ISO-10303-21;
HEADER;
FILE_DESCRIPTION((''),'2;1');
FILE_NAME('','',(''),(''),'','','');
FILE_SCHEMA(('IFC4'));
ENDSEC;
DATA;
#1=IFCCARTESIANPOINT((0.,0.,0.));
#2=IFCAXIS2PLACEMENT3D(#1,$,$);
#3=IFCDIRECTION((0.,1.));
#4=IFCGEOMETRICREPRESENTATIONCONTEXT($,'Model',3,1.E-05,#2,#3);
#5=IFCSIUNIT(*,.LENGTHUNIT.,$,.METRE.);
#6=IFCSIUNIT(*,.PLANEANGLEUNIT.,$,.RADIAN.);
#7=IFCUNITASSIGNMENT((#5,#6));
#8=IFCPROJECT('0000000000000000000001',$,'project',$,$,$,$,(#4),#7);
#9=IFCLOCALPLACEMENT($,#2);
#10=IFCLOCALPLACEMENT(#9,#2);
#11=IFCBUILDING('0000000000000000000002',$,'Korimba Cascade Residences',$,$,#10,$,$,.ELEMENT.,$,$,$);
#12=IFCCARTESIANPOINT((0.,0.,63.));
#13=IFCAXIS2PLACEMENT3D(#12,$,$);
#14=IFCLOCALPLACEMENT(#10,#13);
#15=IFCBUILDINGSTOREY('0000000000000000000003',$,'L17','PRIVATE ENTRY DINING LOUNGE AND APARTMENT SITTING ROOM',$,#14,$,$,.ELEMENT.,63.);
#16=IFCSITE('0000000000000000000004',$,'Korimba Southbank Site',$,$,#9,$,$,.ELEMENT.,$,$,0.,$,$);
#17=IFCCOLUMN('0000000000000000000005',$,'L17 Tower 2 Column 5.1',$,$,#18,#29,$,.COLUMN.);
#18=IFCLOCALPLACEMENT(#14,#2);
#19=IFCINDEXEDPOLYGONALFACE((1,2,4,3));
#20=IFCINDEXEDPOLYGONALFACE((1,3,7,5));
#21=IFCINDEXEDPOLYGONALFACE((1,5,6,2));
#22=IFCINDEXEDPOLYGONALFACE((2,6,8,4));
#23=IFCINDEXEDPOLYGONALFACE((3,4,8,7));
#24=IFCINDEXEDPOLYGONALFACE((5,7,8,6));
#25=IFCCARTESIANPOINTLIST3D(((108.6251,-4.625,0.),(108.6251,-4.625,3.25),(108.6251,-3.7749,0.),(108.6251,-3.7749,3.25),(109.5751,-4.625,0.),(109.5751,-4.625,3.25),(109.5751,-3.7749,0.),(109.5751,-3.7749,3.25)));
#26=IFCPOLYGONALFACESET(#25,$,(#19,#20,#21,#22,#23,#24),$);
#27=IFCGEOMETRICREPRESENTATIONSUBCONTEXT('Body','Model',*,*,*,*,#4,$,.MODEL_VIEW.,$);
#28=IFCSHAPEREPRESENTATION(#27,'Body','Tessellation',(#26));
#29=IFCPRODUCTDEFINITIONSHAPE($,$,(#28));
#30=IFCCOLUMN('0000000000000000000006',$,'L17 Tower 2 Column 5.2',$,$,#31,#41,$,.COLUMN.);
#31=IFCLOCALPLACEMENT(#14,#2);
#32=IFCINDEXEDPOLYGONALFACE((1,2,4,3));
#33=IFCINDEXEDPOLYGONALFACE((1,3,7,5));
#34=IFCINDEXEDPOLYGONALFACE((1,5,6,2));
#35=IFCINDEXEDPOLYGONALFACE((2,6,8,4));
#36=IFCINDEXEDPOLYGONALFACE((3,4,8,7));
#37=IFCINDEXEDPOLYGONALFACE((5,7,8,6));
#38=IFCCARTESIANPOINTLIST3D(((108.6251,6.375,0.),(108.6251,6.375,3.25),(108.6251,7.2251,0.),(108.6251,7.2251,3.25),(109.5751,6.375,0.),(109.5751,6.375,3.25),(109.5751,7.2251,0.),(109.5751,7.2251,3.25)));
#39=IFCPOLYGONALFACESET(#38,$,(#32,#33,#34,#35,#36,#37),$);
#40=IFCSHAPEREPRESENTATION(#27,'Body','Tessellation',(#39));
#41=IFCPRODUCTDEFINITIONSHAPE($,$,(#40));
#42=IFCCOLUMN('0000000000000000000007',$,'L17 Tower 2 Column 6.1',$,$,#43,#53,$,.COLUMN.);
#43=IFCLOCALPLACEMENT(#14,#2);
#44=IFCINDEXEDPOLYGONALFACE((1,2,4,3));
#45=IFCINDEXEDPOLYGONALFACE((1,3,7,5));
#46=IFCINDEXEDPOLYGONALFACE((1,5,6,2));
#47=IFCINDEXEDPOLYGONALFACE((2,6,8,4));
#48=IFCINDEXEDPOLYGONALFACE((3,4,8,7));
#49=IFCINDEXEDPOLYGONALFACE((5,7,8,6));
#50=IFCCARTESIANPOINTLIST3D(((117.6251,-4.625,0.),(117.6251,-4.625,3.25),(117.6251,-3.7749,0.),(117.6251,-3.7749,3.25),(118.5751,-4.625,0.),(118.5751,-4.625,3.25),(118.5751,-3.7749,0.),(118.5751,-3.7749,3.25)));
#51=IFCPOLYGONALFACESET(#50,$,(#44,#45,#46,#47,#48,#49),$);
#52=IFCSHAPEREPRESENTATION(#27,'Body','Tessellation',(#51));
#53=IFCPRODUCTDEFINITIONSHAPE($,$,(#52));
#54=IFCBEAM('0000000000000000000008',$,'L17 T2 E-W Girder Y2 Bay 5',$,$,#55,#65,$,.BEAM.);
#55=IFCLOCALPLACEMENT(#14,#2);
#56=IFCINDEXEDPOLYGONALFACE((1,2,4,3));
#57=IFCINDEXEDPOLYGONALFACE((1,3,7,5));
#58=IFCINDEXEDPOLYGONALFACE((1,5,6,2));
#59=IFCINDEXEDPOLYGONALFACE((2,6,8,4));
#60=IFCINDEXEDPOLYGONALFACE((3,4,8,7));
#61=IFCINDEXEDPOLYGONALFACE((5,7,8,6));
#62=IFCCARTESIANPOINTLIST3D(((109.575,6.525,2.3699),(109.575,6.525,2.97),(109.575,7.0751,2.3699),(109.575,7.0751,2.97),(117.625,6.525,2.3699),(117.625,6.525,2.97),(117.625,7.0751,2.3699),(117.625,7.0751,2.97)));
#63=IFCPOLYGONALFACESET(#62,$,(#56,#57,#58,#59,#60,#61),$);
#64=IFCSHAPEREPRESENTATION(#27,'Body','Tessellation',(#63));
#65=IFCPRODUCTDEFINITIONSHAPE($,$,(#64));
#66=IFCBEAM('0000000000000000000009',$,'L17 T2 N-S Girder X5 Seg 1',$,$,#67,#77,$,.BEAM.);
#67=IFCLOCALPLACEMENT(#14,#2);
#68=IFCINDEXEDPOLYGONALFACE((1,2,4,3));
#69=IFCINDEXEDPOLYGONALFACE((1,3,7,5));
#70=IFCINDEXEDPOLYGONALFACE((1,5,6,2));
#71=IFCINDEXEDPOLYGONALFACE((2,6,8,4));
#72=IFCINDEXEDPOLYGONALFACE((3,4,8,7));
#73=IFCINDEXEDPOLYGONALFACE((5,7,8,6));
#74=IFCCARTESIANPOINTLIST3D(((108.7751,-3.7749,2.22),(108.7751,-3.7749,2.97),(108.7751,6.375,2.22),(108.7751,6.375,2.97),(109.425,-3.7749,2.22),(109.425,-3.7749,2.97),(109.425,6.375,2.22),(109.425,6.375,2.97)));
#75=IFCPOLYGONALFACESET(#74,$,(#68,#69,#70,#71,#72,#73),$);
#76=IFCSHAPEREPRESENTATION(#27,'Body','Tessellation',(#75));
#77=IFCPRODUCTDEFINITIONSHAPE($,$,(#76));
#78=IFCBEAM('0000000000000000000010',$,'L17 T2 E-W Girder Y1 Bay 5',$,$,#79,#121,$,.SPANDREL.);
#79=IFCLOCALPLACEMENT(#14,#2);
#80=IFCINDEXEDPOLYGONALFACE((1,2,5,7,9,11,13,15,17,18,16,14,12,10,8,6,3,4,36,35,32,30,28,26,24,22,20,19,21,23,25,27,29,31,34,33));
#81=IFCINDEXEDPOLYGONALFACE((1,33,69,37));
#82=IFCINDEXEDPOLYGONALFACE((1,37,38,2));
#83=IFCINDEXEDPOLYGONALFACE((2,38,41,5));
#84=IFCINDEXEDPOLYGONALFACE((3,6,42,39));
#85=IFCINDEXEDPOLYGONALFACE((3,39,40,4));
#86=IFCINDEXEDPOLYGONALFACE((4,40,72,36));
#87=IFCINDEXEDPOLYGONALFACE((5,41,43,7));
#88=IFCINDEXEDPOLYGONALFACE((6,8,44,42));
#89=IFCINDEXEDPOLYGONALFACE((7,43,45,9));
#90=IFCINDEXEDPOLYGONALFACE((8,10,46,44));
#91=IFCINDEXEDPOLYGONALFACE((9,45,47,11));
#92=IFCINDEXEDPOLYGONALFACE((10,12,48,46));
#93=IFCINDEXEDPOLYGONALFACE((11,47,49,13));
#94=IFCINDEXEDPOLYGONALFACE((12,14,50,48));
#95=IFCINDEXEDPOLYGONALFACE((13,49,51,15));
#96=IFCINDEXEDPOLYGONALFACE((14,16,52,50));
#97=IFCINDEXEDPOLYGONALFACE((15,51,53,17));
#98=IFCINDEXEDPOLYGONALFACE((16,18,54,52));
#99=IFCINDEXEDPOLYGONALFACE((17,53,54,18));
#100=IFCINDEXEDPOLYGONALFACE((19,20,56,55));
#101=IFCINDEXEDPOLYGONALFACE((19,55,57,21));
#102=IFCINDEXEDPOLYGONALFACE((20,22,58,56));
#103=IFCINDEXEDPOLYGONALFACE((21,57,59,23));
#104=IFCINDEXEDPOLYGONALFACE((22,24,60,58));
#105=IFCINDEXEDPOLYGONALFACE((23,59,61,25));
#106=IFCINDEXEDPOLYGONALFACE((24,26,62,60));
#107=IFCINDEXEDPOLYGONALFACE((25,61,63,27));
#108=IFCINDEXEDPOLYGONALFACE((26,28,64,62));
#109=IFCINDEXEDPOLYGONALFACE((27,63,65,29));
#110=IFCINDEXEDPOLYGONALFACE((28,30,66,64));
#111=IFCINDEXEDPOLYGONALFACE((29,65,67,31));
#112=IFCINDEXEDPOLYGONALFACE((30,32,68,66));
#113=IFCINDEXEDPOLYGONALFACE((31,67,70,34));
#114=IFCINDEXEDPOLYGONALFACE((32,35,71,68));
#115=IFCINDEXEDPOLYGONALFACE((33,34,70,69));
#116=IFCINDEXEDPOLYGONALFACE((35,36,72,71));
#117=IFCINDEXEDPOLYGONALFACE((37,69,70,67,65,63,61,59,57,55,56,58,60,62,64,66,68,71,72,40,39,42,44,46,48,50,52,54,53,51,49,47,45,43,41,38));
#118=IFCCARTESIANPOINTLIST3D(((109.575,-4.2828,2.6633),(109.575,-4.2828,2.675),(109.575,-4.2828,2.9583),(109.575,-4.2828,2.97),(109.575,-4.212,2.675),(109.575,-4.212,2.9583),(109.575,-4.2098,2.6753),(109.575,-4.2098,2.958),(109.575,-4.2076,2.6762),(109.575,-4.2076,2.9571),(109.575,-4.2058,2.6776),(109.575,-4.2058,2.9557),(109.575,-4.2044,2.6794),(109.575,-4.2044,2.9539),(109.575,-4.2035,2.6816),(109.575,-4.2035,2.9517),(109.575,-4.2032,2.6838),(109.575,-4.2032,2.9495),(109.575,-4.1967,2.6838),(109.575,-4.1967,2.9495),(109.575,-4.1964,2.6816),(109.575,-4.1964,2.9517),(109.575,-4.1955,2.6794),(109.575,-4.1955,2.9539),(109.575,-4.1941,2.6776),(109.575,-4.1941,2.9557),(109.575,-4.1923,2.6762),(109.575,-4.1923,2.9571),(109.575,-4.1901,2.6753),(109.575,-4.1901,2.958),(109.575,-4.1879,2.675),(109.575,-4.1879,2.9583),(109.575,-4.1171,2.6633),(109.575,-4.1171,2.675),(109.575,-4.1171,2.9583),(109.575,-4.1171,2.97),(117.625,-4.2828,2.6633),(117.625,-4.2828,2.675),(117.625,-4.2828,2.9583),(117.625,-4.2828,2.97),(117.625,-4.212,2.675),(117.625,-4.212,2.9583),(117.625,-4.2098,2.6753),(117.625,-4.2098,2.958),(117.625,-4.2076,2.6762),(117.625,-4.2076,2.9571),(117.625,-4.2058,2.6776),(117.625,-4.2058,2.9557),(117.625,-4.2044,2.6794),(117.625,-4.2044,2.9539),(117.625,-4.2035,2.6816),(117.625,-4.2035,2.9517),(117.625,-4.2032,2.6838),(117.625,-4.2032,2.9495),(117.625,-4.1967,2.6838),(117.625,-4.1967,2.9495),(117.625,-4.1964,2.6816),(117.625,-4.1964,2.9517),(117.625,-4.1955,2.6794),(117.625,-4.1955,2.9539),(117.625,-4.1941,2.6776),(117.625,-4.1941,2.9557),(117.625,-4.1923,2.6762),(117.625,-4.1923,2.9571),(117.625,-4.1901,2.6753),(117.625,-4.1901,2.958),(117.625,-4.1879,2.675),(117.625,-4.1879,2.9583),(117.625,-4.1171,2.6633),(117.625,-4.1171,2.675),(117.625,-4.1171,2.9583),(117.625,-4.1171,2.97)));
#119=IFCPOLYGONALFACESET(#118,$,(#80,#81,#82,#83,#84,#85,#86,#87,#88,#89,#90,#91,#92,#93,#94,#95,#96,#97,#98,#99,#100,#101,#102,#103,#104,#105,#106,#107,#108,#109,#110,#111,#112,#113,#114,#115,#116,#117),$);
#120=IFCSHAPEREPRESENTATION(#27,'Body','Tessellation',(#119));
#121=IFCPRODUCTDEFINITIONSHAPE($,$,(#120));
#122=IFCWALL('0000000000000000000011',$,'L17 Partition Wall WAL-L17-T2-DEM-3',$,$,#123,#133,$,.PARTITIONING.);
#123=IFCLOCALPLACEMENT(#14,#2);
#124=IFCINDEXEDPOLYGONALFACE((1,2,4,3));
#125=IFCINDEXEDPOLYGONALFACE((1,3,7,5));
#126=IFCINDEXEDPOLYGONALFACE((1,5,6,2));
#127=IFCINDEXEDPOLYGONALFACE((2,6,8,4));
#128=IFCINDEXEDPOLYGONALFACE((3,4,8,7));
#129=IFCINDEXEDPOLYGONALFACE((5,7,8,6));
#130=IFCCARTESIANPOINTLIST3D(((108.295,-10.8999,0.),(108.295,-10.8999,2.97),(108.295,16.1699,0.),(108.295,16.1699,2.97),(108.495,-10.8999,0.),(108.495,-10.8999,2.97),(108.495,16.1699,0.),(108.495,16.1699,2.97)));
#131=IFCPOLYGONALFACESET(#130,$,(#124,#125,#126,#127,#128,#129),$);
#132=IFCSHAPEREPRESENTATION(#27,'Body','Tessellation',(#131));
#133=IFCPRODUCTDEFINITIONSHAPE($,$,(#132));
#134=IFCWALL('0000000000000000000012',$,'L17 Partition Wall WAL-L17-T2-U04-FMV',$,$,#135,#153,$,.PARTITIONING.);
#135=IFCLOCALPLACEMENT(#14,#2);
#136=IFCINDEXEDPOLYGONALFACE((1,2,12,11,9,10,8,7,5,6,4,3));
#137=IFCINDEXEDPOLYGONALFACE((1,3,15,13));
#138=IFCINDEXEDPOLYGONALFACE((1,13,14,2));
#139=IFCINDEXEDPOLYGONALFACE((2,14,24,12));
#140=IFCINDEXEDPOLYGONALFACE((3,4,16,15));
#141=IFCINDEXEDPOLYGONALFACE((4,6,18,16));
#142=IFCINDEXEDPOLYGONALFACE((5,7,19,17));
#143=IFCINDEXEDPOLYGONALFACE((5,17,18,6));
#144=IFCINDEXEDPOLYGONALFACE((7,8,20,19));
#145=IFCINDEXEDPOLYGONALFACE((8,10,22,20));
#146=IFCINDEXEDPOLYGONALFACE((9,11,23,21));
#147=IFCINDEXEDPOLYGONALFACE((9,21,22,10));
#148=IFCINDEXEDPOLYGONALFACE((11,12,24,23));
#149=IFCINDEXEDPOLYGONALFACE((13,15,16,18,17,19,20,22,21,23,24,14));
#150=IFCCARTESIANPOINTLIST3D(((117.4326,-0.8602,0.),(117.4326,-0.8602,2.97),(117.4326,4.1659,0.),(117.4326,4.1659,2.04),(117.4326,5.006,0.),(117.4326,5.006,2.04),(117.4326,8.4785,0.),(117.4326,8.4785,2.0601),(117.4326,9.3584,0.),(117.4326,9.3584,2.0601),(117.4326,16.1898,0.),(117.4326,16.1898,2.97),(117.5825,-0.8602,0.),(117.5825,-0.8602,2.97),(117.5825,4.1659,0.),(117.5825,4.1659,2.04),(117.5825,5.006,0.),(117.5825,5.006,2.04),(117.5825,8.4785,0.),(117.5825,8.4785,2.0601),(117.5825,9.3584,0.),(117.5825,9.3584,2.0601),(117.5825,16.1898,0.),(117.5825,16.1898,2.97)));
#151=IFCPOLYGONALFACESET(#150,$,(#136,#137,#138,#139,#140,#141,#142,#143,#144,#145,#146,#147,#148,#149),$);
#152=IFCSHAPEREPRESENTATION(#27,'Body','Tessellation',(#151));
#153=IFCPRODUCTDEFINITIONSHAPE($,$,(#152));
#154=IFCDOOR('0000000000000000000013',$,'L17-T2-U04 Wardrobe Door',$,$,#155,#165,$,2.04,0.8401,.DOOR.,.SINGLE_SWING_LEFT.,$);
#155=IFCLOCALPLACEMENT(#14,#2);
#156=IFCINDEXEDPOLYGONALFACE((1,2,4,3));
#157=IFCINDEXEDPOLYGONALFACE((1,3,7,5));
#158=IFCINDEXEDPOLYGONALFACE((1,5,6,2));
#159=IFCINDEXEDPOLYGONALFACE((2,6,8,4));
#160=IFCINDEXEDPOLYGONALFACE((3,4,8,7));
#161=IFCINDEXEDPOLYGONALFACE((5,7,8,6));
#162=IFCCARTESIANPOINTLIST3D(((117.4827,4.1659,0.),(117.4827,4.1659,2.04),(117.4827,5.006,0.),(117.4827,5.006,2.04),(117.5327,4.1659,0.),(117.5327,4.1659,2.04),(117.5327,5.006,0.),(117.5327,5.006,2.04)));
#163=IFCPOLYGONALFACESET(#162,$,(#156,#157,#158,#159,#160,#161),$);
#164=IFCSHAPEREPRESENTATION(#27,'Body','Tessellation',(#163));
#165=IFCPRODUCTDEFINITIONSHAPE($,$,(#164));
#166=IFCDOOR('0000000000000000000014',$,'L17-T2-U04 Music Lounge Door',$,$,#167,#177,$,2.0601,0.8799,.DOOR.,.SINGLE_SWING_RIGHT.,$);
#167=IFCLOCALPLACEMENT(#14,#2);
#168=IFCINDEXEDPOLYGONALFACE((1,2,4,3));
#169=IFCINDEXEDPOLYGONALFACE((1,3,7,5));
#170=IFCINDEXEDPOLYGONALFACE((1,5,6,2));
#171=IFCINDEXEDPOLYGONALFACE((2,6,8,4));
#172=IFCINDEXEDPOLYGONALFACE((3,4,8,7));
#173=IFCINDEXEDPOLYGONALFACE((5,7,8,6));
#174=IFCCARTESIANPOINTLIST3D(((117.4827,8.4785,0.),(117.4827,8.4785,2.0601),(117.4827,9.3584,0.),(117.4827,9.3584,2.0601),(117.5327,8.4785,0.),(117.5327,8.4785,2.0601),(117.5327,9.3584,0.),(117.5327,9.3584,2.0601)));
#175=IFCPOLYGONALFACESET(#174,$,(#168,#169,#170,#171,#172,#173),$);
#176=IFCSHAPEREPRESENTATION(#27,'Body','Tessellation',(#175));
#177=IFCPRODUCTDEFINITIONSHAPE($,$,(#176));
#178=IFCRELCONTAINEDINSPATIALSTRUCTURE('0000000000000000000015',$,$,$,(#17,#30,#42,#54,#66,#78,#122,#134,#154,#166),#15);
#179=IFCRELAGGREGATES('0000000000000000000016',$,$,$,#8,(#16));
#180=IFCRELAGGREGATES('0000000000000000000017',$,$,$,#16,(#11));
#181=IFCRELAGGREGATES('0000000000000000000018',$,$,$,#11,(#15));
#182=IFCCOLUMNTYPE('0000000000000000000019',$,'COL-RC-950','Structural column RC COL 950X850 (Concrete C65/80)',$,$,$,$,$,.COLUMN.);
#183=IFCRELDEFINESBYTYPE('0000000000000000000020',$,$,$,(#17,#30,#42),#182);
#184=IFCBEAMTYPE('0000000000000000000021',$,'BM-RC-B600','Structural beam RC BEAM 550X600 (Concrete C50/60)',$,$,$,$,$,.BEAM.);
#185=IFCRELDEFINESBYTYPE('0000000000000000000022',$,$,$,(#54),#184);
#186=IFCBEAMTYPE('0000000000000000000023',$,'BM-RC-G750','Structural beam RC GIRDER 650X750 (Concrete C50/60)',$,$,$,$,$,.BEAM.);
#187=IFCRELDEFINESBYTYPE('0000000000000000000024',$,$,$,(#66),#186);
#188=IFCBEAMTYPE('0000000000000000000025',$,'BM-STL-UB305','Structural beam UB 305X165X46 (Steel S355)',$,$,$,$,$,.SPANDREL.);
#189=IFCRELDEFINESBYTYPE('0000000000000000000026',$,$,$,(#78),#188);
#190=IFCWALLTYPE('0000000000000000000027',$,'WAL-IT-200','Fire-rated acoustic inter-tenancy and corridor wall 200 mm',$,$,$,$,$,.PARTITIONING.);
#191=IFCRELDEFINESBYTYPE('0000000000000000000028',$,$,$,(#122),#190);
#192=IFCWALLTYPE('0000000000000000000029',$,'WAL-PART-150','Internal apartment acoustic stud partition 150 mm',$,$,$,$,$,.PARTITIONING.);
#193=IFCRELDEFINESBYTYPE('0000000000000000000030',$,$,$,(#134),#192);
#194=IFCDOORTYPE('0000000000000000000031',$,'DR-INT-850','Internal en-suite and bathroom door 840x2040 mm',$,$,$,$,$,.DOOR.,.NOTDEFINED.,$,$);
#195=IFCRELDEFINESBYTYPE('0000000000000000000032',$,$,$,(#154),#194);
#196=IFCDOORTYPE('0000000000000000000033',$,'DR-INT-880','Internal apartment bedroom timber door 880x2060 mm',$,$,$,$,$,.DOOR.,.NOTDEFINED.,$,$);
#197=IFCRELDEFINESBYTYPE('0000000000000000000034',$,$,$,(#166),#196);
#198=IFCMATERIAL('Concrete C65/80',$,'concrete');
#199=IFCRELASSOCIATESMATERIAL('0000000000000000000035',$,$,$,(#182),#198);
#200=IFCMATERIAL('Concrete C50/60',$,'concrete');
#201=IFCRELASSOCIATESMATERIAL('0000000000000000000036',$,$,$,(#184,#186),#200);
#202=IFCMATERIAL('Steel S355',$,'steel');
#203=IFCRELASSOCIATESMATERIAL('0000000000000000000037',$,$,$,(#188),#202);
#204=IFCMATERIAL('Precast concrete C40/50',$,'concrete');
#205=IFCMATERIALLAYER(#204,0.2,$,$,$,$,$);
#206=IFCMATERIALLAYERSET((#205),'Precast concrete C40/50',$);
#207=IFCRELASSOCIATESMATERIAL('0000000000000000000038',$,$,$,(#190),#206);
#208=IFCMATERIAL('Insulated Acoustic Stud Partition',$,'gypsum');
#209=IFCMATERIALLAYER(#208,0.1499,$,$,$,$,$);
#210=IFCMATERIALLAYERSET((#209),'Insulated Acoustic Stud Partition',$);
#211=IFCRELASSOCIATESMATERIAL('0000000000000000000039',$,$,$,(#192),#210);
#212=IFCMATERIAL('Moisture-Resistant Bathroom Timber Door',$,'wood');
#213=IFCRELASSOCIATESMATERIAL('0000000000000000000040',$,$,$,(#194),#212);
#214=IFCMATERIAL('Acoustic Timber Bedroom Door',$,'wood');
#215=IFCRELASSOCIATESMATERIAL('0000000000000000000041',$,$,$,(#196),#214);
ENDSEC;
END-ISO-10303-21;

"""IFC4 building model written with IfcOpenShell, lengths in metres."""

from ifc_helpers import new_model, si_unit, direction, frame, frame_2d, origin, origin_2d, place, context, subcontext, project, spatial, rectangle, i_section, extrude, material, layer, layer_set, material_profile, profile_set, type_object, element, fill, save


model = new_model("IFC4")

# Units and contexts
model_context = context("Model", 3, precision=1e-05, world=origin(), true_north=direction((0.0, 1.0)))
body_context = subcontext(model_context, "Body", "Model", "MODEL_VIEW")
ifc_project = project(units=[si_unit("LENGTHUNIT", "METRE"), si_unit("PLANEANGLEUNIT", "RADIAN")], contexts=[model_context])

# Site, building, storey
site_placement = place(None, origin())
site = spatial("IfcSite", under=ifc_project, at=site_placement, Name="Korimba Southbank Site", CompositionType="ELEMENT", RefElevation=0.0)
building_placement = place(site_placement, origin())
building = spatial("IfcBuilding", under=site, at=building_placement, Name="Korimba Cascade Residences", CompositionType="ELEMENT")
storey_placement = place(building_placement, frame((0.0, 0.0, 63.0)))
storey = spatial("IfcBuildingStorey", under=building, at=storey_placement, Name="L17", Description="PRIVATE ENTRY DINING LOUNGE AND APARTMENT SITTING ROOM", CompositionType="ELEMENT", Elevation=63.0)

# Columns
ifc_material_1 = material(Name="Concrete C65/80", Category="concrete")
ifc_material_profile_1 = material_profile(ifc_material_1, rectangle(XDim=0.95, YDim=0.8501, at=origin_2d()), Name="Concrete C65/80")
ifc_profile_set_1 = profile_set([ifc_material_profile_1], Name="Concrete C65/80")
column_type = type_object("IfcColumnType", Name="COL-RC-950", Description="Structural column RC COL 950X850 (Concrete C65/80)", PredefinedType="COLUMN", material=ifc_profile_set_1)
for number, where, z_axis, x_axis, name in (
    (1, (109.1001, -4.2, 0.0), (0.0, 0.0, 1.0), (1.0, 0.0, 0.0), "L17 Tower 2 Column 5.1"),
    (2, (109.1001, 6.8, 0.0), (0.0, 0.0, 1.0), (1.0, 0.0, 0.0), "L17 Tower 2 Column 5.2"),
    (3, (118.1001, -4.2, 0.0), (0.0, 0.0, 1.0), (1.0, 0.0, 0.0), "L17 Tower 2 Column 6.1"),
):
    element("IfcColumn", number, at=place(storey_placement, frame(where, z_axis=z_axis, x_axis=x_axis)), inside=storey, type_object=column_type, Name=name, PredefinedType="COLUMN", context=body_context, shape_type="SweptSolid", body=[
        extrude(rectangle(XDim=0.95, YDim=0.8501, at=origin_2d()), origin(), (0.0, 0.0, 1.0), 3.25),
    ])

# Beams
ifc_material_2 = material(Name="Concrete C50/60", Category="concrete")
ifc_material_profile_2 = material_profile(ifc_material_2, rectangle(XDim=0.55, YDim=0.6001, at=origin_2d()), Name="Concrete C50/60")
ifc_profile_set_2 = profile_set([ifc_material_profile_2], Name="Concrete C50/60")
beam_type_1 = type_object("IfcBeamType", Name="BM-RC-B600", Description="Structural beam RC BEAM 550X600 (Concrete C50/60)", PredefinedType="BEAM", material=ifc_profile_set_2)
beam_1_placement = place(storey_placement, frame((109.575, 6.8, 2.6699), z_axis=(1.0, 0.0, 0.0), x_axis=(0.0, 1.0, 0.0)))
element("IfcBeam", 4, at=beam_1_placement, inside=storey, type_object=beam_type_1, Name="L17 T2 E-W Girder Y2 Bay 5", PredefinedType="BEAM", context=body_context, shape_type="SweptSolid", body=[
    extrude(rectangle(XDim=0.55, YDim=0.6001, at=origin_2d()), origin(), (0.0, 0.0, 1.0), 8.05),
])
ifc_material_profile_3 = material_profile(ifc_material_2, rectangle(XDim=0.6499, YDim=0.75, at=origin_2d()), Name="Concrete C50/60")
ifc_profile_set_3 = profile_set([ifc_material_profile_3], Name="Concrete C50/60")
beam_type_2 = type_object("IfcBeamType", Name="BM-RC-G750", Description="Structural beam RC GIRDER 650X750 (Concrete C50/60)", PredefinedType="BEAM", material=ifc_profile_set_3)
beam_2_placement = place(storey_placement, frame((109.1001, -3.7749, 2.595), z_axis=(0.0, 1.0, 0.0), x_axis=(-1.0, 0.0, 0.0)))
element("IfcBeam", 5, at=beam_2_placement, inside=storey, type_object=beam_type_2, Name="L17 T2 N-S Girder X5 Seg 1", PredefinedType="BEAM", context=body_context, shape_type="SweptSolid", body=[
    extrude(rectangle(XDim=0.6499, YDim=0.75, at=origin_2d()), origin(), (0.0, 0.0, 1.0), 10.1499),
])
ifc_material_3 = material(Name="Steel S355", Category="steel")
ifc_material_profile_4 = material_profile(ifc_material_3, i_section(OverallWidth=0.1658, OverallDepth=0.3066, WebThickness=0.0066, FlangeThickness=0.0117, FilletRadius=0.0088, at=origin_2d()), Name="Steel S355")
ifc_profile_set_4 = profile_set([ifc_material_profile_4], Name="Steel S355")
beam_type_3 = type_object("IfcBeamType", Name="BM-STL-UB305", Description="Structural beam UB 305X165X46 (Steel S355)", PredefinedType="SPANDREL", material=ifc_profile_set_4)
beam_3_placement = place(storey_placement, frame((109.575, -4.2, 2.8167), z_axis=(1.0, 0.0, 0.0), x_axis=(0.0, 1.0, 0.0)))
element("IfcBeam", 6, at=beam_3_placement, inside=storey, type_object=beam_type_3, Name="L17 T2 E-W Girder Y1 Bay 5", PredefinedType="SPANDREL", context=body_context, shape_type="SweptSolid", body=[
    extrude(i_section(OverallWidth=0.1658, OverallDepth=0.3066, WebThickness=0.0066, FlangeThickness=0.0117, FilletRadius=0.0088, at=origin_2d()), origin(), (0.0, 0.0, 1.0), 8.05),
])

# Wall
ifc_material_4 = material(Name="Precast concrete C40/50", Category="concrete")
ifc_layer_1 = layer(ifc_material_4, 0.2)
ifc_layer_set_1 = layer_set([ifc_layer_1], Name="Precast concrete C40/50")
wall_type_1 = type_object("IfcWallType", Name="WAL-IT-200", Description="Fire-rated acoustic inter-tenancy and corridor wall 200 mm", PredefinedType="PARTITIONING", material=ifc_layer_set_1)
wall_1_placement = place(storey_placement, frame((108.395, -10.8999, 0.0), z_axis=(0.0, 0.0, 1.0), x_axis=(0.0, 1.0, 0.0)))
element("IfcWall", 7, at=wall_1_placement, inside=storey, type_object=wall_type_1, Name="L17 Partition Wall WAL-L17-T2-DEM-3", PredefinedType="PARTITIONING", context=body_context, shape_type="SweptSolid", body=[
    extrude(rectangle(XDim=27.0698, YDim=0.2, at=frame_2d((13.5349, 0.0))), origin(), (0.0, 0.0, 1.0), 2.97),
])

# Wall, openings, doors
ifc_material_5 = material(Name="Insulated Acoustic Stud Partition", Category="gypsum")
ifc_layer_2 = layer(ifc_material_5, 0.1499)
ifc_layer_set_2 = layer_set([ifc_layer_2], Name="Insulated Acoustic Stud Partition")
wall_type_2 = type_object("IfcWallType", Name="WAL-PART-150", Description="Internal apartment acoustic stud partition 150 mm", PredefinedType="PARTITIONING", material=ifc_layer_set_2)
wall_2_placement = place(storey_placement, frame((117.5076, -0.8601, 0.0), z_axis=(0.0, 0.0, 1.0), x_axis=(0.0, 1.0, 0.0)))
wall_2 = element("IfcWall", 8, at=wall_2_placement, inside=storey, type_object=wall_type_2, Name="L17 Partition Wall WAL-L17-T2-U04-FMV", PredefinedType="PARTITIONING", context=body_context, shape_type="SweptSolid", body=[
    extrude(rectangle(XDim=17.05, YDim=0.1499, at=frame_2d((8.5249, 0.0))), origin(), (0.0, 0.0, 1.0), 2.97),
])
opening_1_placement = place(wall_2_placement, frame((5.0261, 0.0, 0.0)))
opening_1 = element("IfcOpeningElement", 9, at=opening_1_placement, cuts=wall_2, PredefinedType="OPENING", context=body_context, shape_type="SweptSolid", body=[
    extrude(rectangle(XDim=0.8401, YDim=2.04, at=frame_2d((0.4199, 1.02))), frame((0.0, 0.085, 0.0), z_axis=(0.0, -1.0, 0.0), x_axis=(1.0, 0.0, 0.0)), (0.0, 0.0, 1.0), 0.1699),
])
opening_2_placement = place(wall_2_placement, frame((9.3386, 0.0, 0.0)))
opening_2 = element("IfcOpeningElement", 10, at=opening_2_placement, cuts=wall_2, PredefinedType="OPENING", context=body_context, shape_type="SweptSolid", body=[
    extrude(rectangle(XDim=0.8799, YDim=2.0601, at=frame_2d((0.4399, 1.03))), frame((0.0, 0.085, 0.0), z_axis=(0.0, -1.0, 0.0), x_axis=(1.0, 0.0, 0.0)), (0.0, 0.0, 1.0), 0.1699),
])
ifc_material_6 = material(Name="Moisture-Resistant Bathroom Timber Door", Category="wood")
door_type_1 = type_object("IfcDoorType", Name="DR-INT-850", Description="Internal en-suite and bathroom door 840x2040 mm", OperationType="NOTDEFINED", PredefinedType="DOOR", material=ifc_material_6)
door_1_placement = place(opening_1_placement, origin())
door_1 = element("IfcDoor", 11, at=door_1_placement, inside=storey, type_object=door_type_1, Name="L17-T2-U04 Wardrobe Door", OperationType="SINGLE_SWING_LEFT", OverallHeight=2.04, OverallWidth=0.8401, PredefinedType="DOOR", context=body_context, shape_type="SweptSolid", body=[
    extrude(rectangle(XDim=0.8401, YDim=2.04, at=frame_2d((0.4199, 1.02))), frame((0.0, 0.0249, 0.0), z_axis=(0.0, -1.0, 0.0), x_axis=(1.0, 0.0, 0.0)), (0.0, 0.0, 1.0), 0.05),
])
fill(opening_1, door_1)
ifc_material_7 = material(Name="Acoustic Timber Bedroom Door", Category="wood")
door_type_2 = type_object("IfcDoorType", Name="DR-INT-880", Description="Internal apartment bedroom timber door 880x2060 mm", OperationType="NOTDEFINED", PredefinedType="DOOR", material=ifc_material_7)
door_2_placement = place(opening_2_placement, origin())
door_2 = element("IfcDoor", 12, at=door_2_placement, inside=storey, type_object=door_type_2, Name="L17-T2-U04 Music Lounge Door", OperationType="SINGLE_SWING_RIGHT", OverallHeight=2.0601, OverallWidth=0.8799, PredefinedType="DOOR", context=body_context, shape_type="SweptSolid", body=[
    extrude(rectangle(XDim=0.8799, YDim=2.0601, at=frame_2d((0.4399, 1.03))), frame((0.0, 0.0249, 0.0), z_axis=(0.0, -1.0, 0.0), x_axis=(1.0, 0.0, 0.0)), (0.0, 0.0, 1.0), 0.05),
])
fill(opening_2, door_2)

save(model, "model.ifc")
